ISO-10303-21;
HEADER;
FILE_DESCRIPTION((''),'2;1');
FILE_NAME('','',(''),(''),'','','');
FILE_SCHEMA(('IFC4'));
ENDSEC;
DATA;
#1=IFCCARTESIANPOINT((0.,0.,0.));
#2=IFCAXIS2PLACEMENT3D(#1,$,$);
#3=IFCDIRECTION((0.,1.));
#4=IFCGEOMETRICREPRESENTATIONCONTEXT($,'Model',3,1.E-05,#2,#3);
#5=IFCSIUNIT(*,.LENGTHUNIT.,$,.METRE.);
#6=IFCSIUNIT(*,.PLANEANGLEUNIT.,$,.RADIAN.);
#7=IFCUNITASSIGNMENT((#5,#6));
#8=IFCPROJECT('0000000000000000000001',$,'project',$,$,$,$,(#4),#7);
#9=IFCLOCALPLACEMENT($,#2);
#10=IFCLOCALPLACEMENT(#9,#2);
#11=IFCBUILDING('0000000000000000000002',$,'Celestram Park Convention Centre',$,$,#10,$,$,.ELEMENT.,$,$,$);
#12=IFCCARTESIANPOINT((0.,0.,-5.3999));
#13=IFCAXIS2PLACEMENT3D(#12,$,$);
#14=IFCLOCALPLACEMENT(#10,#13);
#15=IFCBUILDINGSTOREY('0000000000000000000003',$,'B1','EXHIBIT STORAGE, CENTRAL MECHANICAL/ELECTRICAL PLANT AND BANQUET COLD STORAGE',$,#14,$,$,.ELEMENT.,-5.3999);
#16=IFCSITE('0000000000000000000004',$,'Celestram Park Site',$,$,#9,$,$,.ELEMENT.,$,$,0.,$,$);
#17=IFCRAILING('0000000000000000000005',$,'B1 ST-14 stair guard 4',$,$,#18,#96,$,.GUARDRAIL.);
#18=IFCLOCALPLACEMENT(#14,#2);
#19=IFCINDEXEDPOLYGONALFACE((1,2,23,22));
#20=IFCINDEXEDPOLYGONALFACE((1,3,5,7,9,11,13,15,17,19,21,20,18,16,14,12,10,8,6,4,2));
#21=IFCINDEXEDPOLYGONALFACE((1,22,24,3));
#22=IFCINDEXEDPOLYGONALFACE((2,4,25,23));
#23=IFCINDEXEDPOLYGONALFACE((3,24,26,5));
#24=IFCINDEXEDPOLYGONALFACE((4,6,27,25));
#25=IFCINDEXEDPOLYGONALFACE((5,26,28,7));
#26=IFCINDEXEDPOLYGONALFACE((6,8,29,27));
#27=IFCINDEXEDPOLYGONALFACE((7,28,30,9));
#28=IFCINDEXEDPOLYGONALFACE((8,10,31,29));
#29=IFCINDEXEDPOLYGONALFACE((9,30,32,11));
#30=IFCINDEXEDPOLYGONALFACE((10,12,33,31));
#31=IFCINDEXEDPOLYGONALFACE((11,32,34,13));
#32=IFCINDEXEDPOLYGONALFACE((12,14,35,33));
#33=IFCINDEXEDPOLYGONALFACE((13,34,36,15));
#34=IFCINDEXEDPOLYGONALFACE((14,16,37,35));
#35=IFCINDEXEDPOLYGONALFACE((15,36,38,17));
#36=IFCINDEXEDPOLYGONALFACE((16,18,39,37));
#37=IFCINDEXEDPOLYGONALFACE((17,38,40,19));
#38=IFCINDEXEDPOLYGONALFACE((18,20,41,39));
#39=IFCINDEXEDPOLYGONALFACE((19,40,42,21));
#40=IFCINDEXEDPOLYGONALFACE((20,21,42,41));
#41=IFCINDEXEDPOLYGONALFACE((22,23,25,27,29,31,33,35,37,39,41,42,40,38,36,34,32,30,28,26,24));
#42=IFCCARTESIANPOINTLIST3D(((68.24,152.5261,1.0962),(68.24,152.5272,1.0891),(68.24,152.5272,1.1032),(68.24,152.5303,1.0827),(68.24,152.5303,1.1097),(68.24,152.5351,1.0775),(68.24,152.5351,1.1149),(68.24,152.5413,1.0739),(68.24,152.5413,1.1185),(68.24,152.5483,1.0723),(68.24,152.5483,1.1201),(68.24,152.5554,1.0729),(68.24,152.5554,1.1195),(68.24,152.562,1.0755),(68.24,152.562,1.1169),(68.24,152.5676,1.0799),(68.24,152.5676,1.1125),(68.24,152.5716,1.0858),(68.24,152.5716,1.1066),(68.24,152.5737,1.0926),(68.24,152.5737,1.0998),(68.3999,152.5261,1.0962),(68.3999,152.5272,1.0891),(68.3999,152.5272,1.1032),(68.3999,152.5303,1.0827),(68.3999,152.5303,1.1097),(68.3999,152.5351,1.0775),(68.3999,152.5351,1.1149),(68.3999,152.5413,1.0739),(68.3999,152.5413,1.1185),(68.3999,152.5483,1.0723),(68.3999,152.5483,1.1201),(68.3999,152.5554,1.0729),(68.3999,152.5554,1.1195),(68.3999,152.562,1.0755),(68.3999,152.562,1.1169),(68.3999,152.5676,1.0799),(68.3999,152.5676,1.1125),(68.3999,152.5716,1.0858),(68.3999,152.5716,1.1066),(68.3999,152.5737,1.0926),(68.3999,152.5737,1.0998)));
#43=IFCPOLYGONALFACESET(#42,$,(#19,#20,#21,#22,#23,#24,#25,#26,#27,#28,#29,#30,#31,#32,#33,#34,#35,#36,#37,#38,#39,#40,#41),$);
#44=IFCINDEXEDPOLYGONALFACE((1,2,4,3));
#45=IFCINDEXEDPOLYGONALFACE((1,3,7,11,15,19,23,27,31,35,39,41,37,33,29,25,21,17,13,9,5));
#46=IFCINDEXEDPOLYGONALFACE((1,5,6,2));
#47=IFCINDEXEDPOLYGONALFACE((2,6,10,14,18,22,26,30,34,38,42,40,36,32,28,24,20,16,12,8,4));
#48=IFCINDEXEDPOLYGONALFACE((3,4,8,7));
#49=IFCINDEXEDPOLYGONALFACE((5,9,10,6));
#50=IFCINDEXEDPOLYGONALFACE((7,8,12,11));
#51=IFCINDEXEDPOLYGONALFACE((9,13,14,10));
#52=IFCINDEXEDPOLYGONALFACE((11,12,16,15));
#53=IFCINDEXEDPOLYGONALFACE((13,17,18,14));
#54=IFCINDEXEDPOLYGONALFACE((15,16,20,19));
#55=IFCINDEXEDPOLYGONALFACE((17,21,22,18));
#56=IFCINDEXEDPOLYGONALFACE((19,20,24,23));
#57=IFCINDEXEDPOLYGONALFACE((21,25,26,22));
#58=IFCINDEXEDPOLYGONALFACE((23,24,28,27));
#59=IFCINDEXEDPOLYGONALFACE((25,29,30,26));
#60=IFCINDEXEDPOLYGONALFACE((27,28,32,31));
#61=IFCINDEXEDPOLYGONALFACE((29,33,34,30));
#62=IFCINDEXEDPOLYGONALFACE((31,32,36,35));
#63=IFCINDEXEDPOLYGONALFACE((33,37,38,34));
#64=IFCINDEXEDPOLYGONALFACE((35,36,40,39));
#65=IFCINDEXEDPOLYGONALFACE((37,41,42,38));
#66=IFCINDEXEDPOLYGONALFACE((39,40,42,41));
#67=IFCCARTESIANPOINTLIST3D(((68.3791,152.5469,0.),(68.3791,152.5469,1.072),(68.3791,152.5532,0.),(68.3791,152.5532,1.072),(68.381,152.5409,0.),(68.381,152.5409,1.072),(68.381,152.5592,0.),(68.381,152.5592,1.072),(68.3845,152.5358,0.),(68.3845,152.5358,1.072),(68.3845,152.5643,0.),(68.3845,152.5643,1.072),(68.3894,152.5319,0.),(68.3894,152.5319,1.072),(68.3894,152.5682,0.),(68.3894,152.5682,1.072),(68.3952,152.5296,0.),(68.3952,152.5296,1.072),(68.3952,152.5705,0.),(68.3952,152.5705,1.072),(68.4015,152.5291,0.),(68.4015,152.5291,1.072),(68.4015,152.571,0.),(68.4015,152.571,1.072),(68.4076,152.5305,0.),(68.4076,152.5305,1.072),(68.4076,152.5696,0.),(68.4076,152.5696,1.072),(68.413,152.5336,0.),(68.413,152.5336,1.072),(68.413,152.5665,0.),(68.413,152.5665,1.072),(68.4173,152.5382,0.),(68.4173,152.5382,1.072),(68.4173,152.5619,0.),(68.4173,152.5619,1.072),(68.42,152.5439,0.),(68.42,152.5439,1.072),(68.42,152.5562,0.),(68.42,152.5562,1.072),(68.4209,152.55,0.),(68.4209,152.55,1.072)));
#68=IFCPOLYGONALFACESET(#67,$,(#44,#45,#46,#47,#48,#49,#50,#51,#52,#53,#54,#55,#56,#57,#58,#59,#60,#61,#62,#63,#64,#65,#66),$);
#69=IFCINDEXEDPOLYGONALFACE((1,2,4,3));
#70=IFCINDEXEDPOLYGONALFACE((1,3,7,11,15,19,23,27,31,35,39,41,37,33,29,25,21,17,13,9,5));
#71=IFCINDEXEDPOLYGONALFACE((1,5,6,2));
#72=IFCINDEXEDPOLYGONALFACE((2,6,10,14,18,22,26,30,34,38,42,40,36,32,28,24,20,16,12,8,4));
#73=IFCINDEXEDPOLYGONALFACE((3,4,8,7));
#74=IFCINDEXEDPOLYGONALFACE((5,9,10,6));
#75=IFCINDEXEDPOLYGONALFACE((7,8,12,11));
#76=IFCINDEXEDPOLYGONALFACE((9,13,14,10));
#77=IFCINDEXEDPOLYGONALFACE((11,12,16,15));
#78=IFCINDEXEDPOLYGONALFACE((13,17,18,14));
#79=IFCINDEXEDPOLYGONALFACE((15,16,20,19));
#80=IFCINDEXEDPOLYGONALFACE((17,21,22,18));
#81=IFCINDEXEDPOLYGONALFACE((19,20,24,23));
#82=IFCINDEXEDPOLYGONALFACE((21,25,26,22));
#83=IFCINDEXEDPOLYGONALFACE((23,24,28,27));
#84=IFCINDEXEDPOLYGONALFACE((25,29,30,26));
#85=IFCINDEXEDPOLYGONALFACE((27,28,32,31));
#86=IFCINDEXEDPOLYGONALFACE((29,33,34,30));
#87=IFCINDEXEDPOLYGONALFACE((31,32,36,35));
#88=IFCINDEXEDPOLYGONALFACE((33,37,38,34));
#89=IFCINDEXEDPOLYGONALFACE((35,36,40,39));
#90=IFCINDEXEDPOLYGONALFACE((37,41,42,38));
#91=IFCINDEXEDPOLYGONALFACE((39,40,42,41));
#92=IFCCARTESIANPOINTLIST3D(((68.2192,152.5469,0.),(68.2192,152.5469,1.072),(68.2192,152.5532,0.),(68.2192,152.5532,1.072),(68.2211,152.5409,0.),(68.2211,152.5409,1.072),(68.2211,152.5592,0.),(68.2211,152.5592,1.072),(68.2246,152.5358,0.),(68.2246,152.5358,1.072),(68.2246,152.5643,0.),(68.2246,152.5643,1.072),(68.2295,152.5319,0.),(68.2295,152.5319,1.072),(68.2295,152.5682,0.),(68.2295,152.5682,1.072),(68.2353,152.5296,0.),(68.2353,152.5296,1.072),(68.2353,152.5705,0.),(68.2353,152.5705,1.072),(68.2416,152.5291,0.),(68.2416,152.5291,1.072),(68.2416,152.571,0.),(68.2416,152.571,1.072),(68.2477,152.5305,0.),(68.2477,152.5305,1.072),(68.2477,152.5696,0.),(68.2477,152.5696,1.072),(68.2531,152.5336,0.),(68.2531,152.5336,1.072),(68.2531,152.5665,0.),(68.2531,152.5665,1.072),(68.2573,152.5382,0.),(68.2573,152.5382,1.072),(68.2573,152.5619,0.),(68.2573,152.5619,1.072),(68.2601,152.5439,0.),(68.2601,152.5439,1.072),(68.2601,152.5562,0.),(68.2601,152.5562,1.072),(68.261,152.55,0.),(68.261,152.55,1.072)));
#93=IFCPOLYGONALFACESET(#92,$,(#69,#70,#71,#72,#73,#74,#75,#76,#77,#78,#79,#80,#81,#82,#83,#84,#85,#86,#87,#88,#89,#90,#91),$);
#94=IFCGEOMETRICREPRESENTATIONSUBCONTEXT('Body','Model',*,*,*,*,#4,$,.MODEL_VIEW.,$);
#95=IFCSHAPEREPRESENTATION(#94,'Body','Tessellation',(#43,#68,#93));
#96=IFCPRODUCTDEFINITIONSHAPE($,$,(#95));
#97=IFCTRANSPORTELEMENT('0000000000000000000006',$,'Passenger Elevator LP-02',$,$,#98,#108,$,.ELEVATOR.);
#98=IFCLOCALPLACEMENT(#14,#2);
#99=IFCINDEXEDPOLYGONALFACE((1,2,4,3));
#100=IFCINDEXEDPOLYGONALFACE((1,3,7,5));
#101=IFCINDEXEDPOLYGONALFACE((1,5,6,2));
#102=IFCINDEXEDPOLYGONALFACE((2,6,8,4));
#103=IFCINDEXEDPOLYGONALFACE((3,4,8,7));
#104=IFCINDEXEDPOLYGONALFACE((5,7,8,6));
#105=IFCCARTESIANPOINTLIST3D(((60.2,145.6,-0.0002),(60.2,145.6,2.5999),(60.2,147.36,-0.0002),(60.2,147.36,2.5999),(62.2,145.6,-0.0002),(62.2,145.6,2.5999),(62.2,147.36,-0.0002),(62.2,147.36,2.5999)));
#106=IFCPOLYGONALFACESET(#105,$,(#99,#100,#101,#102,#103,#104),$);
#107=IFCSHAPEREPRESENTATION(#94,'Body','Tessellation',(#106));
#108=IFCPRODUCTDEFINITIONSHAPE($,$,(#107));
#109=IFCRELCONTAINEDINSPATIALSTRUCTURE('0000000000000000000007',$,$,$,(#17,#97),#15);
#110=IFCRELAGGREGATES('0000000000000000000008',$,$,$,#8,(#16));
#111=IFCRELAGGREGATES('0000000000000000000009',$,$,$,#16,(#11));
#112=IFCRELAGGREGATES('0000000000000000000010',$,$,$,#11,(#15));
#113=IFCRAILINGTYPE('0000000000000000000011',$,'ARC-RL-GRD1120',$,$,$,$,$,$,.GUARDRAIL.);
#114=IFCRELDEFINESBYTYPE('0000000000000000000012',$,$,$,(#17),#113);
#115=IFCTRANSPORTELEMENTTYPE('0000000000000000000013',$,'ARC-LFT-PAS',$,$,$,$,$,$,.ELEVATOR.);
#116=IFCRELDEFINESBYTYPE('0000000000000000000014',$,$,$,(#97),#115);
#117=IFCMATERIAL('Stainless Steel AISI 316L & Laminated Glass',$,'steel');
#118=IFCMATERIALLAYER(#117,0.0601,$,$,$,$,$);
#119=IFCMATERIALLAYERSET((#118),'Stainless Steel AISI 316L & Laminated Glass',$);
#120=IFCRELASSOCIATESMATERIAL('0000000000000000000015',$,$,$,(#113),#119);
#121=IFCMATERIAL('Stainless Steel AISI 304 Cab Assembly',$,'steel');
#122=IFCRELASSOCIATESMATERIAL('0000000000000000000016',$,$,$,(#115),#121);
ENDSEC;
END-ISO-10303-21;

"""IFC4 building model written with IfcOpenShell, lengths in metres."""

from ifc_helpers import new_model, si_unit, direction, frame, origin, origin_2d, place, context, subcontext, project, spatial, rectangle, circle, extrude, material, layer, layer_set, type_object, element, save


model = new_model("IFC4")

# Units and contexts
model_context = context("Model", 3, precision=1e-05, world=origin(), true_north=direction((0.0, 1.0)))
body_context = subcontext(model_context, "Body", "Model", "MODEL_VIEW")
ifc_project = project(units=[si_unit("LENGTHUNIT", "METRE"), si_unit("PLANEANGLEUNIT", "RADIAN")], contexts=[model_context])

# Site, building, storey
site_placement = place(None, origin())
site = spatial("IfcSite", under=ifc_project, at=site_placement, Name="Celestram Park Site", CompositionType="ELEMENT", RefElevation=0.0)
building_placement = place(site_placement, origin())
building = spatial("IfcBuilding", under=site, at=building_placement, Name="Celestram Park Convention Centre", CompositionType="ELEMENT")
storey_placement = place(building_placement, frame((0.0, 0.0, -5.3999)))
storey = spatial("IfcBuildingStorey", under=building, at=storey_placement, Name="B1", Description="EXHIBIT STORAGE, CENTRAL MECHANICAL/ELECTRICAL PLANT AND BANQUET COLD STORAGE", CompositionType="ELEMENT", Elevation=-5.3999)

# Railing
ifc_material_1 = material(Name="Stainless Steel AISI 316L & Laminated Glass", Category="steel")
ifc_layer_1 = layer(ifc_material_1, 0.0601)
ifc_layer_set_1 = layer_set([ifc_layer_1], Name="Stainless Steel AISI 316L & Laminated Glass")
railing_type = type_object("IfcRailingType", Name="ARC-RL-GRD1120", PredefinedType="GUARDRAIL", material=ifc_layer_set_1)
railing_1_placement = place(storey_placement, frame((68.3999, 152.55, 0.0)))
element("IfcRailing", 1, at=railing_1_placement, inside=storey, type_object=railing_type, Name="B1 ST-14 stair guard 4", PredefinedType="GUARDRAIL", context=body_context, shape_type="SweptSolid", body=[
    extrude(circle(Radius=0.0239, at=origin_2d()), frame((0.0, 0.0, 1.0962), z_axis=(-1.0, 0.0, 0.0), x_axis=(0.0, -1.0, 0.0)), (0.0, 0.0, 1.0), 0.1599),
    extrude(circle(Radius=0.021, at=origin_2d()), origin(), (0.0, 0.0, 1.0), 1.072),
    extrude(circle(Radius=0.021, at=origin_2d()), frame((-0.1599, 0.0, 0.0)), (0.0, 0.0, 1.0), 1.072),
])

# Transport element
ifc_material_2 = material(Name="Stainless Steel AISI 304 Cab Assembly", Category="steel")
transport_element_type = type_object("IfcTransportElementType", Name="ARC-LFT-PAS", PredefinedType="ELEVATOR", material=ifc_material_2)
transport_element_placement = place(storey_placement, frame((61.2, 146.48, -0.0002), z_axis=(0.0, 0.0, 1.0), x_axis=(1.0, 0.0, 0.0)))
element("IfcTransportElement", 2, at=transport_element_placement, inside=storey, type_object=transport_element_type, Name="Passenger Elevator LP-02", PredefinedType="ELEVATOR", context=body_context, shape_type="SweptSolid", body=[
    extrude(rectangle(XDim=2.0, YDim=1.76, at=origin_2d()), origin(), (0.0, 0.0, 1.0), 2.6001),
])

save(model, "model.ifc")
